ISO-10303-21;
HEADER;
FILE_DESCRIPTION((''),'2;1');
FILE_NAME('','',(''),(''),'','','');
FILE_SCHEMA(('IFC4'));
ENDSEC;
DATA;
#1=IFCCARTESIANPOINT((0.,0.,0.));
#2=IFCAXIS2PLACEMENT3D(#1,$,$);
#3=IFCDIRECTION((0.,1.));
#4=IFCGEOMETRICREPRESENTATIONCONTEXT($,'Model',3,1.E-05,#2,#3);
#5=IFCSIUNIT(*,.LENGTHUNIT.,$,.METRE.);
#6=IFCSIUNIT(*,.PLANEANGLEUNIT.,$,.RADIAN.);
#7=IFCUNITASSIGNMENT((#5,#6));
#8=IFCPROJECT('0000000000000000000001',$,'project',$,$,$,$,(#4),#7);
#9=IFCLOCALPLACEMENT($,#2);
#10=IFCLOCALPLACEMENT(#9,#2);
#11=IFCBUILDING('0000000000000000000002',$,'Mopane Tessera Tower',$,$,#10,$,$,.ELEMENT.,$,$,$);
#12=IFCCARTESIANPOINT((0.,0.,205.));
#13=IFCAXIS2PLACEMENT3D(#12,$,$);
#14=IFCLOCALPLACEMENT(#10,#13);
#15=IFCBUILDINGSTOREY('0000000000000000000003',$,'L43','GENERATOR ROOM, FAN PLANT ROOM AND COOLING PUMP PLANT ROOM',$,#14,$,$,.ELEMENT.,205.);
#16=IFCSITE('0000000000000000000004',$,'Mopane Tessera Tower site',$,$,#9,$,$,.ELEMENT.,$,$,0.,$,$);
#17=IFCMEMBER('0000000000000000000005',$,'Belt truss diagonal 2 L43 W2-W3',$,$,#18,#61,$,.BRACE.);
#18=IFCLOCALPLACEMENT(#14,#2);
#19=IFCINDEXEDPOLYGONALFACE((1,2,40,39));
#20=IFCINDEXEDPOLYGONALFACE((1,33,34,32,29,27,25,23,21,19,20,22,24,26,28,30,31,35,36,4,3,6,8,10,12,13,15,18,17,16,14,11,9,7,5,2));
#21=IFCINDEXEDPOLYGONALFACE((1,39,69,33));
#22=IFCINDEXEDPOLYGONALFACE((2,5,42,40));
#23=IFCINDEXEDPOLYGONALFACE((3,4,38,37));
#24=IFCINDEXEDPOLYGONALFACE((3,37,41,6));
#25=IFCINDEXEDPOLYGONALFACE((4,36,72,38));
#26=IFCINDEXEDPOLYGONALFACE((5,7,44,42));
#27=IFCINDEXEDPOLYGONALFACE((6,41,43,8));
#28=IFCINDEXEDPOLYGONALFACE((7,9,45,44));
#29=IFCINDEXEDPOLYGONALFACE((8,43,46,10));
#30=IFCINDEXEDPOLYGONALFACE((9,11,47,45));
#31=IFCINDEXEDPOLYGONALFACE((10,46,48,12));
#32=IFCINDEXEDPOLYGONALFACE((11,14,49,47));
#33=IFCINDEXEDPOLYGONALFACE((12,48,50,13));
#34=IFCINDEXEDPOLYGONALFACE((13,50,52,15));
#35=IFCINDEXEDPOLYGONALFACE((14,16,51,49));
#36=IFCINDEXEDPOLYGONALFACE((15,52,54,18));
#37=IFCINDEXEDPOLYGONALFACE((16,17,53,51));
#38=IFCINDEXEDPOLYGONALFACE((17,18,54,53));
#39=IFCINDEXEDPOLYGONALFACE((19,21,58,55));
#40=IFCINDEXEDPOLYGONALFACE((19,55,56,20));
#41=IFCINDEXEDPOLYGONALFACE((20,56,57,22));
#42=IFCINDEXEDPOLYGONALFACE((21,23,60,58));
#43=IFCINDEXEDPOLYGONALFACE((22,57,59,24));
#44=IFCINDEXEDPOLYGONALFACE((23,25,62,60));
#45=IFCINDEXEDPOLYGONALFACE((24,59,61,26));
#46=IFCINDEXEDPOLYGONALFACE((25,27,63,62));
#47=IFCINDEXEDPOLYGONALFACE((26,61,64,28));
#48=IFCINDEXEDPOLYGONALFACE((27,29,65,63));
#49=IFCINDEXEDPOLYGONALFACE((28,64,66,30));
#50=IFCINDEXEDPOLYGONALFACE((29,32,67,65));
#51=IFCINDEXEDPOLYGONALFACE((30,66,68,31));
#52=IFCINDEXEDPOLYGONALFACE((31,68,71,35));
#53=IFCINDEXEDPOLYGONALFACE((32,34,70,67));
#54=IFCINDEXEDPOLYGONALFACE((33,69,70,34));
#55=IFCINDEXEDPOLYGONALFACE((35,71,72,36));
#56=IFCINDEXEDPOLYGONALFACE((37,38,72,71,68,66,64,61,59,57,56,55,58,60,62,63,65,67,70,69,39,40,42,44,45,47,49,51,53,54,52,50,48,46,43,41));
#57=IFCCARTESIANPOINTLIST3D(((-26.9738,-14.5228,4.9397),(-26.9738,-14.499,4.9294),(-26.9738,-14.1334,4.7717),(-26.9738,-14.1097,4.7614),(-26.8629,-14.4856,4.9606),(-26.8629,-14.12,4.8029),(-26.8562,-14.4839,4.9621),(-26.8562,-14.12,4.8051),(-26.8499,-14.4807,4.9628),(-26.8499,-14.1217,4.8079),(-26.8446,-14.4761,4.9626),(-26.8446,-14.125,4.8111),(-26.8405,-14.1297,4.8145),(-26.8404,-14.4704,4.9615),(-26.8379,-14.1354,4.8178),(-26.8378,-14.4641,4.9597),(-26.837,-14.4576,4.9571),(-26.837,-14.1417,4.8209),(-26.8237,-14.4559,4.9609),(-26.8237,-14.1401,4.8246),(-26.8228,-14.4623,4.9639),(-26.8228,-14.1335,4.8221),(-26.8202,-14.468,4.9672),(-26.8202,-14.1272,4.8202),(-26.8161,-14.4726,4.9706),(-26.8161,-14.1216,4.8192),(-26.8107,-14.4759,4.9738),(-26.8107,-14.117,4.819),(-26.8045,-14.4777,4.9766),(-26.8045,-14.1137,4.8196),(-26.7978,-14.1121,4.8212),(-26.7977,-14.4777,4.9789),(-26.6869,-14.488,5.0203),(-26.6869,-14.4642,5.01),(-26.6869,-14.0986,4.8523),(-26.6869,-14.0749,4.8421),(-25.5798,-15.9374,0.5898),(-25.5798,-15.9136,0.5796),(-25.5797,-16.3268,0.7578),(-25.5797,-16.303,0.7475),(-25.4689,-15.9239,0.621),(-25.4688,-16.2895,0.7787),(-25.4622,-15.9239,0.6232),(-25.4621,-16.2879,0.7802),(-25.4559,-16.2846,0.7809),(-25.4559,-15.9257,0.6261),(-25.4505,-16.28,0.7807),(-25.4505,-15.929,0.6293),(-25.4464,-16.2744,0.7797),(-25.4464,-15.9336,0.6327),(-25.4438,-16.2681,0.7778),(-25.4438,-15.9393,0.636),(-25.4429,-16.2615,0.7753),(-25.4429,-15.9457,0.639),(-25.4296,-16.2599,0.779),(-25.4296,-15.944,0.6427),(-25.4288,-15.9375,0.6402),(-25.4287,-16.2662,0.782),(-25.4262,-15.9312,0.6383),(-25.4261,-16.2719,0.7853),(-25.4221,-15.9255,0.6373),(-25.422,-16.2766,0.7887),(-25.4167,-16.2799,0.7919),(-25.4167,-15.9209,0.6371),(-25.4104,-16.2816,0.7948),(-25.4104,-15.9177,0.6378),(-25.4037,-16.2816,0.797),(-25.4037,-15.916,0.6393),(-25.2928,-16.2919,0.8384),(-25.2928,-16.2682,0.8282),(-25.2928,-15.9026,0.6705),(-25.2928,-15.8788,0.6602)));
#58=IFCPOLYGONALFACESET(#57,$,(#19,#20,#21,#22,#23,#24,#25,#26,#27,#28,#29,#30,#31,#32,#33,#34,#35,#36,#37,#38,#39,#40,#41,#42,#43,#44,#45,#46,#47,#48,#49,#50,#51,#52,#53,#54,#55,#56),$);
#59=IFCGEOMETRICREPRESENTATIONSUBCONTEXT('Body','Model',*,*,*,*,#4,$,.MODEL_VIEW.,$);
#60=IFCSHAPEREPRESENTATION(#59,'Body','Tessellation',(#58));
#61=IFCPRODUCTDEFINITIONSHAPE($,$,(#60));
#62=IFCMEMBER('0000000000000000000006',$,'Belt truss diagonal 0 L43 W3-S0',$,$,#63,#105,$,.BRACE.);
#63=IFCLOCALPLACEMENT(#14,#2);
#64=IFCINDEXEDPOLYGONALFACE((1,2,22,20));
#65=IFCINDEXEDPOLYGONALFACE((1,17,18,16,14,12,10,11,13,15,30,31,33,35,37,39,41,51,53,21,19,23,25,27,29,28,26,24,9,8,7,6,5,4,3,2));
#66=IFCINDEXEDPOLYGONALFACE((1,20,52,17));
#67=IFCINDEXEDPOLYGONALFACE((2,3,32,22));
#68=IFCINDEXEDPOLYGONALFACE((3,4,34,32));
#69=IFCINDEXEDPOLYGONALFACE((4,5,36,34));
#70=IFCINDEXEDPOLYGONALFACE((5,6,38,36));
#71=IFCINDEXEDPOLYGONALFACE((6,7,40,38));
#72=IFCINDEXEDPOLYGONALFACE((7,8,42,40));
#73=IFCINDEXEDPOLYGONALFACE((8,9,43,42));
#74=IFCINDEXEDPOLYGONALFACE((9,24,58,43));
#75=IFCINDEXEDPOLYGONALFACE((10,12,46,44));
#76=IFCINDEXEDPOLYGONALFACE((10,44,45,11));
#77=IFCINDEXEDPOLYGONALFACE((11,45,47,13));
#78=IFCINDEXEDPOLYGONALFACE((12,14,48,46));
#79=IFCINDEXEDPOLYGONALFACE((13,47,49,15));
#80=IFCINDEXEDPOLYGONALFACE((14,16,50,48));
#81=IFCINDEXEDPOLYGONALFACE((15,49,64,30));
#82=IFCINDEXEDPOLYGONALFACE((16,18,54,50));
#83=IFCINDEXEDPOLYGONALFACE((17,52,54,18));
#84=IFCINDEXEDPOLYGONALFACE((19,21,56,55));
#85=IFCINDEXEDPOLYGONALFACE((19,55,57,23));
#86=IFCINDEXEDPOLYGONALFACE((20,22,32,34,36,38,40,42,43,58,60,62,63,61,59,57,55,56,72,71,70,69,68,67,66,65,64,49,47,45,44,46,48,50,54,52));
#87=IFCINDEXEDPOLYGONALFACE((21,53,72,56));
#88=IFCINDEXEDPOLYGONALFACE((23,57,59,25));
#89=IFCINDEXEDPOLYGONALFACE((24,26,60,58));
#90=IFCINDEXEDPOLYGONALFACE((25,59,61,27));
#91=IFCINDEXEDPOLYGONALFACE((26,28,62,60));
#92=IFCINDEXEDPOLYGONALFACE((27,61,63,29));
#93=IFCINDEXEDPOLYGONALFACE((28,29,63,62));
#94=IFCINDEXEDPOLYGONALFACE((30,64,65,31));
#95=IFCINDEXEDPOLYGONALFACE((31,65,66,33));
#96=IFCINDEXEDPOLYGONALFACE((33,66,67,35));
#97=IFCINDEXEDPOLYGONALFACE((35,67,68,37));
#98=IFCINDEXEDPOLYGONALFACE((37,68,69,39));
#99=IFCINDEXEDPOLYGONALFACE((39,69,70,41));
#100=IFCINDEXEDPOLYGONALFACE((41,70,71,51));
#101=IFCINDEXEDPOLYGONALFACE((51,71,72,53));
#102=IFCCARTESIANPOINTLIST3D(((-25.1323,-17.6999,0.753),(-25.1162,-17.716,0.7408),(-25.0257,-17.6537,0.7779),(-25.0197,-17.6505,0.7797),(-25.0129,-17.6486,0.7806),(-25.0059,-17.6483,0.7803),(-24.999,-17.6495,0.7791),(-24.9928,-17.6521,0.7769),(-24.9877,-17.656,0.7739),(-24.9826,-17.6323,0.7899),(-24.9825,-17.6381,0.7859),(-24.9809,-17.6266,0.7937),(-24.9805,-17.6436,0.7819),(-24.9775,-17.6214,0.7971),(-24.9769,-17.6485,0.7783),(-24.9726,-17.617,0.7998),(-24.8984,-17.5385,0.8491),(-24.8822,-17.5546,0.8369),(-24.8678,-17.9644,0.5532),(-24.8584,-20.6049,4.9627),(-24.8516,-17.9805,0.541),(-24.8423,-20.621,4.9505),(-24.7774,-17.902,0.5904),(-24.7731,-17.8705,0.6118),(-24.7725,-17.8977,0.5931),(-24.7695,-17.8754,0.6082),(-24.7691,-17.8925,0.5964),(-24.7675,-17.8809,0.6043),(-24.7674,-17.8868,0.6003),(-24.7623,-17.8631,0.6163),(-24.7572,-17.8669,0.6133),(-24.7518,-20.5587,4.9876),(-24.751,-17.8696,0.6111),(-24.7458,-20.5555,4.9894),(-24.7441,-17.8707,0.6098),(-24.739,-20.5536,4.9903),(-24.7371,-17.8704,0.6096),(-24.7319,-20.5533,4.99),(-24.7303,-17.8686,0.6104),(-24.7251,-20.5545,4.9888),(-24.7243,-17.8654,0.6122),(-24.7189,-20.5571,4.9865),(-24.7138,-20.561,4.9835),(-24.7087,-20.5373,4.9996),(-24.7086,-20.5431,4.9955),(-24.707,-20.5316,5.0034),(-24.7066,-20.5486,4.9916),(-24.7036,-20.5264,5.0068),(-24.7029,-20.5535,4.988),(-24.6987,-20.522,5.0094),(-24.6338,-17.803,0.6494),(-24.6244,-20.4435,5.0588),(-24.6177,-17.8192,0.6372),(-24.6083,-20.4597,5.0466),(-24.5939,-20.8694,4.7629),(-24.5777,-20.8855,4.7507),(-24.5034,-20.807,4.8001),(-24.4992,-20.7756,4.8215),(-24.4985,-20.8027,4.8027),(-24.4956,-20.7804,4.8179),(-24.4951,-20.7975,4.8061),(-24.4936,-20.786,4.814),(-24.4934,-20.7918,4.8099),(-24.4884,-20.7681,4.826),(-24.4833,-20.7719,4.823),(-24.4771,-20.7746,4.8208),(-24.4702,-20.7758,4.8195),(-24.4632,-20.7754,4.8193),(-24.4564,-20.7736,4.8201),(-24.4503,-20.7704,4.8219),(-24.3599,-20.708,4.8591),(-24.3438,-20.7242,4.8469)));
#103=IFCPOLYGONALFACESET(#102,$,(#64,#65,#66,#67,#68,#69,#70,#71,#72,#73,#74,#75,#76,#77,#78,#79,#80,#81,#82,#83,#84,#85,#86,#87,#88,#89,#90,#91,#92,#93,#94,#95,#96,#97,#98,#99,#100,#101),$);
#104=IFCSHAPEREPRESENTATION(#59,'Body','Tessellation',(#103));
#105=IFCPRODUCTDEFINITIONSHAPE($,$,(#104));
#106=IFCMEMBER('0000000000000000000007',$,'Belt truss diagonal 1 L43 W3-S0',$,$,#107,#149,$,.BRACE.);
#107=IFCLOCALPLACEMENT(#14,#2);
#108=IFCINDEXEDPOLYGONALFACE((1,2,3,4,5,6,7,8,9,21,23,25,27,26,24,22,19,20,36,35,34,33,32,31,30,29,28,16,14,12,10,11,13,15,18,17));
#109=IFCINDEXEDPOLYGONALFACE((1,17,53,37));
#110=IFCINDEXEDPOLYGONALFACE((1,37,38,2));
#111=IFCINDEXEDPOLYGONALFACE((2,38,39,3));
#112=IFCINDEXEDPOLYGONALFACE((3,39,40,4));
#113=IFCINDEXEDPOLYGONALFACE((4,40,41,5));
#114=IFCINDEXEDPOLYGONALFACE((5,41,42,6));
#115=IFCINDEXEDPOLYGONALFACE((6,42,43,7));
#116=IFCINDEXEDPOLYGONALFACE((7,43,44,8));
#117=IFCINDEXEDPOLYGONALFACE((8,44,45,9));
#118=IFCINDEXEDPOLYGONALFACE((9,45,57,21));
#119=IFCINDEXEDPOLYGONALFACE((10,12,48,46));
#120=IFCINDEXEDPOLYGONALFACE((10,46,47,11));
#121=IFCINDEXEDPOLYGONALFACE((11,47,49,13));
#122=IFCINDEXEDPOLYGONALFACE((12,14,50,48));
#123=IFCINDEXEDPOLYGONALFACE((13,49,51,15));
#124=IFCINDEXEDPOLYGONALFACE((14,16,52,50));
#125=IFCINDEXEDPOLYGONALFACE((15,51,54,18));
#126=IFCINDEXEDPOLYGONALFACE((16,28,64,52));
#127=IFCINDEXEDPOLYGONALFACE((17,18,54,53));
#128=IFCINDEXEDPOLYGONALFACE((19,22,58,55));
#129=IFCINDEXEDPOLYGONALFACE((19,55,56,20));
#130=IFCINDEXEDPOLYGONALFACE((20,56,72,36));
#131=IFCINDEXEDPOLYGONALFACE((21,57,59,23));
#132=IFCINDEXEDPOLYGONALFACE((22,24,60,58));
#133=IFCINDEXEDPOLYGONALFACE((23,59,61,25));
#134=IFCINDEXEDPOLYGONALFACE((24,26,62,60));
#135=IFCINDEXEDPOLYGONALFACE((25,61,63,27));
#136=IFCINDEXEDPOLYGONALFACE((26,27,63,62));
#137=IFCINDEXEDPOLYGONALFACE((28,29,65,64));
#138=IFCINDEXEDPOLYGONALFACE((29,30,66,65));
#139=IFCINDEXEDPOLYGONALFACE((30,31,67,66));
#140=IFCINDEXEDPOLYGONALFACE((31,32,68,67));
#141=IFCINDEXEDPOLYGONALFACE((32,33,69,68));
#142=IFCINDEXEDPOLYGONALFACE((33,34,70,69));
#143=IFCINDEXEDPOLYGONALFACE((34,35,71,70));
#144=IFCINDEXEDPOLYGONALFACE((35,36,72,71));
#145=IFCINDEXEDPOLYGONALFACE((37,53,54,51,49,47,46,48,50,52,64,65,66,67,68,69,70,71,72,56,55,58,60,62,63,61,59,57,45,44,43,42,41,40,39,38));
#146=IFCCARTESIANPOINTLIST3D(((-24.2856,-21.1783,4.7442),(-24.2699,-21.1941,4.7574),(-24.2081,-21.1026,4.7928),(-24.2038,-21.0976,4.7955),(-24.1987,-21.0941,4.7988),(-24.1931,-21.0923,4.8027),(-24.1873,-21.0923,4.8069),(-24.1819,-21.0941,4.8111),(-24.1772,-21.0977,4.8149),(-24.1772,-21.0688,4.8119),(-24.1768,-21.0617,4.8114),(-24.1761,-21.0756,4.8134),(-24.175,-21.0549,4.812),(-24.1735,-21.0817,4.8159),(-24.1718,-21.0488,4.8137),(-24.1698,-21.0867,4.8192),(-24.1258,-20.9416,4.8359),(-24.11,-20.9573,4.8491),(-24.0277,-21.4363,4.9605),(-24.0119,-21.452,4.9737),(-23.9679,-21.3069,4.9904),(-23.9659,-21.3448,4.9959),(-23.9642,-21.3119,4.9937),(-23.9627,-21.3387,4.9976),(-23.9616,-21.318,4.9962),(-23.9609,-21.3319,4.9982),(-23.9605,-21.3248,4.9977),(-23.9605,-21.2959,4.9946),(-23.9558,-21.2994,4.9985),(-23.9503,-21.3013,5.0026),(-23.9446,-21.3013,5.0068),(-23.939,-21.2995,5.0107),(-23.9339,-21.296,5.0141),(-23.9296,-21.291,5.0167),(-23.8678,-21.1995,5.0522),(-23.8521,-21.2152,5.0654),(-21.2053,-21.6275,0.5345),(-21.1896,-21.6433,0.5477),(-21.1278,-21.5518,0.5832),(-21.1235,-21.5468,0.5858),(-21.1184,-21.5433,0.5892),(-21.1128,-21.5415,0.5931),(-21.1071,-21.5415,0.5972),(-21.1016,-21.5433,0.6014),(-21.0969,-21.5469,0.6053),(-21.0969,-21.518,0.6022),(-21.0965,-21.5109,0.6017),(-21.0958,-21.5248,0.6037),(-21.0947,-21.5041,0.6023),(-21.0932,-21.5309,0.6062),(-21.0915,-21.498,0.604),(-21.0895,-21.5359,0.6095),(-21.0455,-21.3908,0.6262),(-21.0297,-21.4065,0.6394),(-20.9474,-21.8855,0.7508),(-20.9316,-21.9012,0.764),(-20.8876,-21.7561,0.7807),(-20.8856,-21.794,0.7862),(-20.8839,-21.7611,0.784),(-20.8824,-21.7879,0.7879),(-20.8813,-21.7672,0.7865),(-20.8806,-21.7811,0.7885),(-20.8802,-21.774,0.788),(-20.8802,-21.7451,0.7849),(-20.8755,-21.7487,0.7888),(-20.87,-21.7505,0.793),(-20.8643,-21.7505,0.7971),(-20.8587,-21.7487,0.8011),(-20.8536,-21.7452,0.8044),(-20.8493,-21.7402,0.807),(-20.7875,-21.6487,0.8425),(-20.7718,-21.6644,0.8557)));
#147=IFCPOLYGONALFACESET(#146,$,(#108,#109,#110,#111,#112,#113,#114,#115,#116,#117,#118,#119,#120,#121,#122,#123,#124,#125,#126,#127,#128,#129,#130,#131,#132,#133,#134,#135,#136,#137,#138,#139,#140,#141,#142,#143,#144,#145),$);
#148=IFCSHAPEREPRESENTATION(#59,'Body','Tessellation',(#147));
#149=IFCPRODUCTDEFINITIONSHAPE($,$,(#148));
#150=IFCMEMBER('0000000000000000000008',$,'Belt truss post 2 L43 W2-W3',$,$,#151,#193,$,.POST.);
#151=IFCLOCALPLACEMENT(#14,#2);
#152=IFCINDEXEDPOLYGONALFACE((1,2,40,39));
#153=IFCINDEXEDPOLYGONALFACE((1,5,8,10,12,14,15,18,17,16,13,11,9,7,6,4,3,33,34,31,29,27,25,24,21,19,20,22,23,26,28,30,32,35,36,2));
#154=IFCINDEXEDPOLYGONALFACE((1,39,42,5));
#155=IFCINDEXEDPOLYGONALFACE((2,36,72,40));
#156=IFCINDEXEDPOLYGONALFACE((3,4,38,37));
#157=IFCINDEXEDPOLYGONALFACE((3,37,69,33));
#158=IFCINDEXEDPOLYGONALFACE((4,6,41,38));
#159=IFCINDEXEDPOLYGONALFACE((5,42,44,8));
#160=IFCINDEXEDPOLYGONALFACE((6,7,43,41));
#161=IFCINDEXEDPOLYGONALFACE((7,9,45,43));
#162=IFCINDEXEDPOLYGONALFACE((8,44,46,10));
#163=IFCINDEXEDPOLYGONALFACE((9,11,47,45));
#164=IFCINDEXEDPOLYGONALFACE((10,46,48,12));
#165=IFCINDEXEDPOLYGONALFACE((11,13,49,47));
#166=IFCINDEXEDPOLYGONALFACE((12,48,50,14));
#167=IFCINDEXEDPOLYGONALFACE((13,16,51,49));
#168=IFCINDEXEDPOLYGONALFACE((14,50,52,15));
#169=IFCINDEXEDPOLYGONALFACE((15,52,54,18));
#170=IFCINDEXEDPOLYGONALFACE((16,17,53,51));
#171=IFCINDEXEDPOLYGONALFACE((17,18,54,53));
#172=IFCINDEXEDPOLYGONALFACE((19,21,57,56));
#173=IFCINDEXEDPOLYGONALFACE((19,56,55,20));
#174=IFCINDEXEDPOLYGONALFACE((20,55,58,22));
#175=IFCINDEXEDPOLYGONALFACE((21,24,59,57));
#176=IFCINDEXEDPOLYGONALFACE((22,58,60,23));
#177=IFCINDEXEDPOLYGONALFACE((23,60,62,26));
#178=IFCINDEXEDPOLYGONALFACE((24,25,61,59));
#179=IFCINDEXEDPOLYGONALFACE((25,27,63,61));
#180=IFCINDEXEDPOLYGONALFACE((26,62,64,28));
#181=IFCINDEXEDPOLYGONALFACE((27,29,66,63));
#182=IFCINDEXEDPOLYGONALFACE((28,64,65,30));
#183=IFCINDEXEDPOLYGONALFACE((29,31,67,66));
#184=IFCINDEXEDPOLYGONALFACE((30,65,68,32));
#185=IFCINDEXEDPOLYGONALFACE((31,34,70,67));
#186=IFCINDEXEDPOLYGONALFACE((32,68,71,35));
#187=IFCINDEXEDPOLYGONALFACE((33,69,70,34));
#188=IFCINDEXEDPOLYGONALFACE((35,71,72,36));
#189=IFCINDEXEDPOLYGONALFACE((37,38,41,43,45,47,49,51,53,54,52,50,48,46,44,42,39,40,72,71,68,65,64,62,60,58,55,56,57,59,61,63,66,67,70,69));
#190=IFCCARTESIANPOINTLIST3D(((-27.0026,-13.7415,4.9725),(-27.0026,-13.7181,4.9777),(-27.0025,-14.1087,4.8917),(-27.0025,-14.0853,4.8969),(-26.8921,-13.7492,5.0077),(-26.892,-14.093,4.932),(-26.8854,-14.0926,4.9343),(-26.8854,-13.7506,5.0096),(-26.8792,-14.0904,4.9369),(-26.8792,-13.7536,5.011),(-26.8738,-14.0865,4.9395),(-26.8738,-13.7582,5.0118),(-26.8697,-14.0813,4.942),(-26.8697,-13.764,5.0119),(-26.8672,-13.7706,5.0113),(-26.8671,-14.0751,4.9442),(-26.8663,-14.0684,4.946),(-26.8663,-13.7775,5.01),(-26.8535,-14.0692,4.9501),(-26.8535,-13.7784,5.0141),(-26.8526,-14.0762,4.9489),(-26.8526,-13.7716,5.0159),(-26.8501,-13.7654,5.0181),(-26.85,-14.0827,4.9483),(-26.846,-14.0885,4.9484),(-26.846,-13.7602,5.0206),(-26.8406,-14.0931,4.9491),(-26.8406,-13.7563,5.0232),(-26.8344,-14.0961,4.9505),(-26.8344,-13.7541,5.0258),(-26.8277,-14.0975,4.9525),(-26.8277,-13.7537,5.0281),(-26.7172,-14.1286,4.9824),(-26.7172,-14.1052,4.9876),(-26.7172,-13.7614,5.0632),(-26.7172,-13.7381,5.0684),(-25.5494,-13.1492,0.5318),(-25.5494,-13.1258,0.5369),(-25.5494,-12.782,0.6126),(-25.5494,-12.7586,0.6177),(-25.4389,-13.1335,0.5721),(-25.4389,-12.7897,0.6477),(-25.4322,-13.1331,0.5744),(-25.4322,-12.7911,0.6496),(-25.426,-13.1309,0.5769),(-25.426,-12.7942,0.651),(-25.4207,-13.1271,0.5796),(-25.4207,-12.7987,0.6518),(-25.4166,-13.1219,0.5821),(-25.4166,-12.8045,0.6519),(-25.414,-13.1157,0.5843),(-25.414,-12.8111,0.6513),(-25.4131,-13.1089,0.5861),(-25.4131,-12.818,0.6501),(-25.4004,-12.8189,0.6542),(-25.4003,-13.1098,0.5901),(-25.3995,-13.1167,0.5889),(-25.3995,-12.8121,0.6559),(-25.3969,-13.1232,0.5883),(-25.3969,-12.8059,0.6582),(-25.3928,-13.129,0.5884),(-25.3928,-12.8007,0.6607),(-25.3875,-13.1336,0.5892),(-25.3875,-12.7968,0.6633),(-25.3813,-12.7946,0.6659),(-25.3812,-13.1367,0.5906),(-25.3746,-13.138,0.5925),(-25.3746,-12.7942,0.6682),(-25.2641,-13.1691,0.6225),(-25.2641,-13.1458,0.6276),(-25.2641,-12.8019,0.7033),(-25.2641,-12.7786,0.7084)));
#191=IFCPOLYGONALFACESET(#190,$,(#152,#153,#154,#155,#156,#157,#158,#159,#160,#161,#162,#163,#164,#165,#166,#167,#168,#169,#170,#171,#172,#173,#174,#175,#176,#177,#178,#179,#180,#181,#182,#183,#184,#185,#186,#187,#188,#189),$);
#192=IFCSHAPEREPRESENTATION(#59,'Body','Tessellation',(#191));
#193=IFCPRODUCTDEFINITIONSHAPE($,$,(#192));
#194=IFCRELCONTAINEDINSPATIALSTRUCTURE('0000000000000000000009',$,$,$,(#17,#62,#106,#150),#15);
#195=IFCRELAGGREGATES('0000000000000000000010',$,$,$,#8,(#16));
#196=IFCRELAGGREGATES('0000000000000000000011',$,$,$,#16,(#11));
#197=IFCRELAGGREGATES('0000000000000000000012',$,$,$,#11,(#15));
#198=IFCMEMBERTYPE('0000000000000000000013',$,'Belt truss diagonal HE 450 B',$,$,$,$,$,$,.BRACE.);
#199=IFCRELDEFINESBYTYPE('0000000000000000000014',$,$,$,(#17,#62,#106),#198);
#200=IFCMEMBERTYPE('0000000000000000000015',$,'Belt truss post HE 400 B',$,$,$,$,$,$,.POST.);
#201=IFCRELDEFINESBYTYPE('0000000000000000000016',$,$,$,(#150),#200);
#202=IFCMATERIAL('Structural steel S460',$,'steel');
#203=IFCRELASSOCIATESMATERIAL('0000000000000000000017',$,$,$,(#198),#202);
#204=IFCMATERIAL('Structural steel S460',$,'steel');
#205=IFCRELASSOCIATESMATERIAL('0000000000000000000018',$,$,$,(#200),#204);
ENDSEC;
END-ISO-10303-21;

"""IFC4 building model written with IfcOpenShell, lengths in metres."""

from ifc_helpers import new_model, si_unit, direction, frame, origin, origin_2d, place, context, subcontext, project, spatial, i_section, extrude, material, material_profile, profile_set, type_object, element, save


model = new_model("IFC4")

# Units and contexts
model_context = context("Model", 3, precision=1e-05, world=origin(), true_north=direction((0.0, 1.0)))
body_context = subcontext(model_context, "Body", "Model", "MODEL_VIEW")
ifc_project = project(units=[si_unit("LENGTHUNIT", "METRE"), si_unit("PLANEANGLEUNIT", "RADIAN")], contexts=[model_context])

# Site, building, storey
site_placement = place(None, origin())
site = spatial("IfcSite", under=ifc_project, at=site_placement, Name="Mopane Tessera Tower site", CompositionType="ELEMENT", RefElevation=0.0)
building_placement = place(site_placement, origin())
building = spatial("IfcBuilding", under=site, at=building_placement, Name="Mopane Tessera Tower", CompositionType="ELEMENT")
storey_placement = place(building_placement, frame((0.0, 0.0, 205.0)))
storey = spatial("IfcBuildingStorey", under=building, at=storey_placement, Name="L43", Description="GENERATOR ROOM, FAN PLANT ROOM AND COOLING PUMP PLANT ROOM", CompositionType="ELEMENT", Elevation=205.0)

# Members
ifc_material_1 = material(Name="Structural steel S460", Category="steel")
ifc_material_profile_1 = material_profile(ifc_material_1, i_section(OverallWidth=0.3, OverallDepth=0.45, WebThickness=0.0139, FlangeThickness=0.0259, FilletRadius=0.0271, at=origin_2d()))
ifc_profile_set_1 = profile_set([ifc_material_profile_1], Name="Structural steel S460")
member_type_1 = type_object("IfcMemberType", Name="Belt truss diagonal HE 450 B", PredefinedType="BRACE", material=ifc_profile_set_1)
member_1_placement = place(storey_placement, frame((-26.8303, -14.2988, 4.8909), z_axis=(0.292684, -0.378747, -0.878002), x_axis=(0.956209, 0.115987, 0.268721)))
element("IfcMember", 1, at=member_1_placement, inside=storey, type_object=member_type_1, Name="Belt truss diagonal 2 L43 W2-W3", PredefinedType="BRACE", context=body_context, shape_type="SweptSolid", body=[
    extrude(i_section(OverallWidth=0.3, OverallDepth=0.45, WebThickness=0.0139, FlangeThickness=0.0259, FilletRadius=0.0271, at=origin_2d()), origin(), (0.0, 0.0, 1.0), 4.7629),
])
member_2_placement = place(storey_placement, frame((-24.875, -17.7595, 0.6951), z_axis=(0.053479, -0.567156, 0.821873), x_axis=(0.779769, 0.537856, 0.320423)))
element("IfcMember", 2, at=member_2_placement, inside=storey, type_object=member_type_1, Name="Belt truss diagonal 0 L43 W3-S0", PredefinedType="BRACE", context=body_context, shape_type="SweptSolid", body=[
    extrude(i_section(OverallWidth=0.3, OverallDepth=0.45, WebThickness=0.0139, FlangeThickness=0.0259, FilletRadius=0.0271, at=origin_2d()), origin(), (0.0, 0.0, 1.0), 5.1221),
])
member_3_placement = place(storey_placement, frame((-24.0688, -21.1968, 4.9048), z_axis=(0.588338, -0.0858, -0.80405), x_axis=(0.532814, 0.7891, 0.305664)))
element("IfcMember", 3, at=member_3_placement, inside=storey, type_object=member_type_1, Name="Belt truss diagonal 1 L43 W3-S0", PredefinedType="BRACE", context=body_context, shape_type="SweptSolid", body=[
    extrude(i_section(OverallWidth=0.3, OverallDepth=0.45, WebThickness=0.0139, FlangeThickness=0.0259, FilletRadius=0.0271, at=origin_2d()), origin(), (0.0, 0.0, 1.0), 5.2356),
])
ifc_material_2 = material(Name="Structural steel S460", Category="steel")
ifc_material_profile_2 = material_profile(ifc_material_2, i_section(OverallWidth=0.3, OverallDepth=0.3999, WebThickness=0.0134, FlangeThickness=0.0239, FilletRadius=0.0271, at=origin_2d()))
ifc_profile_set_2 = profile_set([ifc_material_profile_2], Name="Structural steel S460")
member_type_2 = type_object("IfcMemberType", Name="Belt truss post HE 400 B", PredefinedType="POST", material=ifc_profile_set_2)
member_4_placement = place(storey_placement, frame((-25.4067, -12.9639, 0.6201), z_axis=(-0.309522, -0.204372, 0.92867), x_axis=(0.950892, -0.066481, 0.302298)))
element("IfcMember", 4, at=member_4_placement, inside=storey, type_object=member_type_2, Name="Belt truss post 2 L43 W2-W3", PredefinedType="POST", context=body_context, shape_type="SweptSolid", body=[
    extrude(i_section(OverallWidth=0.3, OverallDepth=0.3999, WebThickness=0.0134, FlangeThickness=0.0239, FilletRadius=0.0271, at=origin_2d()), origin(), (0.0, 0.0, 1.0), 4.6948),
])

save(model, "model.ifc")
